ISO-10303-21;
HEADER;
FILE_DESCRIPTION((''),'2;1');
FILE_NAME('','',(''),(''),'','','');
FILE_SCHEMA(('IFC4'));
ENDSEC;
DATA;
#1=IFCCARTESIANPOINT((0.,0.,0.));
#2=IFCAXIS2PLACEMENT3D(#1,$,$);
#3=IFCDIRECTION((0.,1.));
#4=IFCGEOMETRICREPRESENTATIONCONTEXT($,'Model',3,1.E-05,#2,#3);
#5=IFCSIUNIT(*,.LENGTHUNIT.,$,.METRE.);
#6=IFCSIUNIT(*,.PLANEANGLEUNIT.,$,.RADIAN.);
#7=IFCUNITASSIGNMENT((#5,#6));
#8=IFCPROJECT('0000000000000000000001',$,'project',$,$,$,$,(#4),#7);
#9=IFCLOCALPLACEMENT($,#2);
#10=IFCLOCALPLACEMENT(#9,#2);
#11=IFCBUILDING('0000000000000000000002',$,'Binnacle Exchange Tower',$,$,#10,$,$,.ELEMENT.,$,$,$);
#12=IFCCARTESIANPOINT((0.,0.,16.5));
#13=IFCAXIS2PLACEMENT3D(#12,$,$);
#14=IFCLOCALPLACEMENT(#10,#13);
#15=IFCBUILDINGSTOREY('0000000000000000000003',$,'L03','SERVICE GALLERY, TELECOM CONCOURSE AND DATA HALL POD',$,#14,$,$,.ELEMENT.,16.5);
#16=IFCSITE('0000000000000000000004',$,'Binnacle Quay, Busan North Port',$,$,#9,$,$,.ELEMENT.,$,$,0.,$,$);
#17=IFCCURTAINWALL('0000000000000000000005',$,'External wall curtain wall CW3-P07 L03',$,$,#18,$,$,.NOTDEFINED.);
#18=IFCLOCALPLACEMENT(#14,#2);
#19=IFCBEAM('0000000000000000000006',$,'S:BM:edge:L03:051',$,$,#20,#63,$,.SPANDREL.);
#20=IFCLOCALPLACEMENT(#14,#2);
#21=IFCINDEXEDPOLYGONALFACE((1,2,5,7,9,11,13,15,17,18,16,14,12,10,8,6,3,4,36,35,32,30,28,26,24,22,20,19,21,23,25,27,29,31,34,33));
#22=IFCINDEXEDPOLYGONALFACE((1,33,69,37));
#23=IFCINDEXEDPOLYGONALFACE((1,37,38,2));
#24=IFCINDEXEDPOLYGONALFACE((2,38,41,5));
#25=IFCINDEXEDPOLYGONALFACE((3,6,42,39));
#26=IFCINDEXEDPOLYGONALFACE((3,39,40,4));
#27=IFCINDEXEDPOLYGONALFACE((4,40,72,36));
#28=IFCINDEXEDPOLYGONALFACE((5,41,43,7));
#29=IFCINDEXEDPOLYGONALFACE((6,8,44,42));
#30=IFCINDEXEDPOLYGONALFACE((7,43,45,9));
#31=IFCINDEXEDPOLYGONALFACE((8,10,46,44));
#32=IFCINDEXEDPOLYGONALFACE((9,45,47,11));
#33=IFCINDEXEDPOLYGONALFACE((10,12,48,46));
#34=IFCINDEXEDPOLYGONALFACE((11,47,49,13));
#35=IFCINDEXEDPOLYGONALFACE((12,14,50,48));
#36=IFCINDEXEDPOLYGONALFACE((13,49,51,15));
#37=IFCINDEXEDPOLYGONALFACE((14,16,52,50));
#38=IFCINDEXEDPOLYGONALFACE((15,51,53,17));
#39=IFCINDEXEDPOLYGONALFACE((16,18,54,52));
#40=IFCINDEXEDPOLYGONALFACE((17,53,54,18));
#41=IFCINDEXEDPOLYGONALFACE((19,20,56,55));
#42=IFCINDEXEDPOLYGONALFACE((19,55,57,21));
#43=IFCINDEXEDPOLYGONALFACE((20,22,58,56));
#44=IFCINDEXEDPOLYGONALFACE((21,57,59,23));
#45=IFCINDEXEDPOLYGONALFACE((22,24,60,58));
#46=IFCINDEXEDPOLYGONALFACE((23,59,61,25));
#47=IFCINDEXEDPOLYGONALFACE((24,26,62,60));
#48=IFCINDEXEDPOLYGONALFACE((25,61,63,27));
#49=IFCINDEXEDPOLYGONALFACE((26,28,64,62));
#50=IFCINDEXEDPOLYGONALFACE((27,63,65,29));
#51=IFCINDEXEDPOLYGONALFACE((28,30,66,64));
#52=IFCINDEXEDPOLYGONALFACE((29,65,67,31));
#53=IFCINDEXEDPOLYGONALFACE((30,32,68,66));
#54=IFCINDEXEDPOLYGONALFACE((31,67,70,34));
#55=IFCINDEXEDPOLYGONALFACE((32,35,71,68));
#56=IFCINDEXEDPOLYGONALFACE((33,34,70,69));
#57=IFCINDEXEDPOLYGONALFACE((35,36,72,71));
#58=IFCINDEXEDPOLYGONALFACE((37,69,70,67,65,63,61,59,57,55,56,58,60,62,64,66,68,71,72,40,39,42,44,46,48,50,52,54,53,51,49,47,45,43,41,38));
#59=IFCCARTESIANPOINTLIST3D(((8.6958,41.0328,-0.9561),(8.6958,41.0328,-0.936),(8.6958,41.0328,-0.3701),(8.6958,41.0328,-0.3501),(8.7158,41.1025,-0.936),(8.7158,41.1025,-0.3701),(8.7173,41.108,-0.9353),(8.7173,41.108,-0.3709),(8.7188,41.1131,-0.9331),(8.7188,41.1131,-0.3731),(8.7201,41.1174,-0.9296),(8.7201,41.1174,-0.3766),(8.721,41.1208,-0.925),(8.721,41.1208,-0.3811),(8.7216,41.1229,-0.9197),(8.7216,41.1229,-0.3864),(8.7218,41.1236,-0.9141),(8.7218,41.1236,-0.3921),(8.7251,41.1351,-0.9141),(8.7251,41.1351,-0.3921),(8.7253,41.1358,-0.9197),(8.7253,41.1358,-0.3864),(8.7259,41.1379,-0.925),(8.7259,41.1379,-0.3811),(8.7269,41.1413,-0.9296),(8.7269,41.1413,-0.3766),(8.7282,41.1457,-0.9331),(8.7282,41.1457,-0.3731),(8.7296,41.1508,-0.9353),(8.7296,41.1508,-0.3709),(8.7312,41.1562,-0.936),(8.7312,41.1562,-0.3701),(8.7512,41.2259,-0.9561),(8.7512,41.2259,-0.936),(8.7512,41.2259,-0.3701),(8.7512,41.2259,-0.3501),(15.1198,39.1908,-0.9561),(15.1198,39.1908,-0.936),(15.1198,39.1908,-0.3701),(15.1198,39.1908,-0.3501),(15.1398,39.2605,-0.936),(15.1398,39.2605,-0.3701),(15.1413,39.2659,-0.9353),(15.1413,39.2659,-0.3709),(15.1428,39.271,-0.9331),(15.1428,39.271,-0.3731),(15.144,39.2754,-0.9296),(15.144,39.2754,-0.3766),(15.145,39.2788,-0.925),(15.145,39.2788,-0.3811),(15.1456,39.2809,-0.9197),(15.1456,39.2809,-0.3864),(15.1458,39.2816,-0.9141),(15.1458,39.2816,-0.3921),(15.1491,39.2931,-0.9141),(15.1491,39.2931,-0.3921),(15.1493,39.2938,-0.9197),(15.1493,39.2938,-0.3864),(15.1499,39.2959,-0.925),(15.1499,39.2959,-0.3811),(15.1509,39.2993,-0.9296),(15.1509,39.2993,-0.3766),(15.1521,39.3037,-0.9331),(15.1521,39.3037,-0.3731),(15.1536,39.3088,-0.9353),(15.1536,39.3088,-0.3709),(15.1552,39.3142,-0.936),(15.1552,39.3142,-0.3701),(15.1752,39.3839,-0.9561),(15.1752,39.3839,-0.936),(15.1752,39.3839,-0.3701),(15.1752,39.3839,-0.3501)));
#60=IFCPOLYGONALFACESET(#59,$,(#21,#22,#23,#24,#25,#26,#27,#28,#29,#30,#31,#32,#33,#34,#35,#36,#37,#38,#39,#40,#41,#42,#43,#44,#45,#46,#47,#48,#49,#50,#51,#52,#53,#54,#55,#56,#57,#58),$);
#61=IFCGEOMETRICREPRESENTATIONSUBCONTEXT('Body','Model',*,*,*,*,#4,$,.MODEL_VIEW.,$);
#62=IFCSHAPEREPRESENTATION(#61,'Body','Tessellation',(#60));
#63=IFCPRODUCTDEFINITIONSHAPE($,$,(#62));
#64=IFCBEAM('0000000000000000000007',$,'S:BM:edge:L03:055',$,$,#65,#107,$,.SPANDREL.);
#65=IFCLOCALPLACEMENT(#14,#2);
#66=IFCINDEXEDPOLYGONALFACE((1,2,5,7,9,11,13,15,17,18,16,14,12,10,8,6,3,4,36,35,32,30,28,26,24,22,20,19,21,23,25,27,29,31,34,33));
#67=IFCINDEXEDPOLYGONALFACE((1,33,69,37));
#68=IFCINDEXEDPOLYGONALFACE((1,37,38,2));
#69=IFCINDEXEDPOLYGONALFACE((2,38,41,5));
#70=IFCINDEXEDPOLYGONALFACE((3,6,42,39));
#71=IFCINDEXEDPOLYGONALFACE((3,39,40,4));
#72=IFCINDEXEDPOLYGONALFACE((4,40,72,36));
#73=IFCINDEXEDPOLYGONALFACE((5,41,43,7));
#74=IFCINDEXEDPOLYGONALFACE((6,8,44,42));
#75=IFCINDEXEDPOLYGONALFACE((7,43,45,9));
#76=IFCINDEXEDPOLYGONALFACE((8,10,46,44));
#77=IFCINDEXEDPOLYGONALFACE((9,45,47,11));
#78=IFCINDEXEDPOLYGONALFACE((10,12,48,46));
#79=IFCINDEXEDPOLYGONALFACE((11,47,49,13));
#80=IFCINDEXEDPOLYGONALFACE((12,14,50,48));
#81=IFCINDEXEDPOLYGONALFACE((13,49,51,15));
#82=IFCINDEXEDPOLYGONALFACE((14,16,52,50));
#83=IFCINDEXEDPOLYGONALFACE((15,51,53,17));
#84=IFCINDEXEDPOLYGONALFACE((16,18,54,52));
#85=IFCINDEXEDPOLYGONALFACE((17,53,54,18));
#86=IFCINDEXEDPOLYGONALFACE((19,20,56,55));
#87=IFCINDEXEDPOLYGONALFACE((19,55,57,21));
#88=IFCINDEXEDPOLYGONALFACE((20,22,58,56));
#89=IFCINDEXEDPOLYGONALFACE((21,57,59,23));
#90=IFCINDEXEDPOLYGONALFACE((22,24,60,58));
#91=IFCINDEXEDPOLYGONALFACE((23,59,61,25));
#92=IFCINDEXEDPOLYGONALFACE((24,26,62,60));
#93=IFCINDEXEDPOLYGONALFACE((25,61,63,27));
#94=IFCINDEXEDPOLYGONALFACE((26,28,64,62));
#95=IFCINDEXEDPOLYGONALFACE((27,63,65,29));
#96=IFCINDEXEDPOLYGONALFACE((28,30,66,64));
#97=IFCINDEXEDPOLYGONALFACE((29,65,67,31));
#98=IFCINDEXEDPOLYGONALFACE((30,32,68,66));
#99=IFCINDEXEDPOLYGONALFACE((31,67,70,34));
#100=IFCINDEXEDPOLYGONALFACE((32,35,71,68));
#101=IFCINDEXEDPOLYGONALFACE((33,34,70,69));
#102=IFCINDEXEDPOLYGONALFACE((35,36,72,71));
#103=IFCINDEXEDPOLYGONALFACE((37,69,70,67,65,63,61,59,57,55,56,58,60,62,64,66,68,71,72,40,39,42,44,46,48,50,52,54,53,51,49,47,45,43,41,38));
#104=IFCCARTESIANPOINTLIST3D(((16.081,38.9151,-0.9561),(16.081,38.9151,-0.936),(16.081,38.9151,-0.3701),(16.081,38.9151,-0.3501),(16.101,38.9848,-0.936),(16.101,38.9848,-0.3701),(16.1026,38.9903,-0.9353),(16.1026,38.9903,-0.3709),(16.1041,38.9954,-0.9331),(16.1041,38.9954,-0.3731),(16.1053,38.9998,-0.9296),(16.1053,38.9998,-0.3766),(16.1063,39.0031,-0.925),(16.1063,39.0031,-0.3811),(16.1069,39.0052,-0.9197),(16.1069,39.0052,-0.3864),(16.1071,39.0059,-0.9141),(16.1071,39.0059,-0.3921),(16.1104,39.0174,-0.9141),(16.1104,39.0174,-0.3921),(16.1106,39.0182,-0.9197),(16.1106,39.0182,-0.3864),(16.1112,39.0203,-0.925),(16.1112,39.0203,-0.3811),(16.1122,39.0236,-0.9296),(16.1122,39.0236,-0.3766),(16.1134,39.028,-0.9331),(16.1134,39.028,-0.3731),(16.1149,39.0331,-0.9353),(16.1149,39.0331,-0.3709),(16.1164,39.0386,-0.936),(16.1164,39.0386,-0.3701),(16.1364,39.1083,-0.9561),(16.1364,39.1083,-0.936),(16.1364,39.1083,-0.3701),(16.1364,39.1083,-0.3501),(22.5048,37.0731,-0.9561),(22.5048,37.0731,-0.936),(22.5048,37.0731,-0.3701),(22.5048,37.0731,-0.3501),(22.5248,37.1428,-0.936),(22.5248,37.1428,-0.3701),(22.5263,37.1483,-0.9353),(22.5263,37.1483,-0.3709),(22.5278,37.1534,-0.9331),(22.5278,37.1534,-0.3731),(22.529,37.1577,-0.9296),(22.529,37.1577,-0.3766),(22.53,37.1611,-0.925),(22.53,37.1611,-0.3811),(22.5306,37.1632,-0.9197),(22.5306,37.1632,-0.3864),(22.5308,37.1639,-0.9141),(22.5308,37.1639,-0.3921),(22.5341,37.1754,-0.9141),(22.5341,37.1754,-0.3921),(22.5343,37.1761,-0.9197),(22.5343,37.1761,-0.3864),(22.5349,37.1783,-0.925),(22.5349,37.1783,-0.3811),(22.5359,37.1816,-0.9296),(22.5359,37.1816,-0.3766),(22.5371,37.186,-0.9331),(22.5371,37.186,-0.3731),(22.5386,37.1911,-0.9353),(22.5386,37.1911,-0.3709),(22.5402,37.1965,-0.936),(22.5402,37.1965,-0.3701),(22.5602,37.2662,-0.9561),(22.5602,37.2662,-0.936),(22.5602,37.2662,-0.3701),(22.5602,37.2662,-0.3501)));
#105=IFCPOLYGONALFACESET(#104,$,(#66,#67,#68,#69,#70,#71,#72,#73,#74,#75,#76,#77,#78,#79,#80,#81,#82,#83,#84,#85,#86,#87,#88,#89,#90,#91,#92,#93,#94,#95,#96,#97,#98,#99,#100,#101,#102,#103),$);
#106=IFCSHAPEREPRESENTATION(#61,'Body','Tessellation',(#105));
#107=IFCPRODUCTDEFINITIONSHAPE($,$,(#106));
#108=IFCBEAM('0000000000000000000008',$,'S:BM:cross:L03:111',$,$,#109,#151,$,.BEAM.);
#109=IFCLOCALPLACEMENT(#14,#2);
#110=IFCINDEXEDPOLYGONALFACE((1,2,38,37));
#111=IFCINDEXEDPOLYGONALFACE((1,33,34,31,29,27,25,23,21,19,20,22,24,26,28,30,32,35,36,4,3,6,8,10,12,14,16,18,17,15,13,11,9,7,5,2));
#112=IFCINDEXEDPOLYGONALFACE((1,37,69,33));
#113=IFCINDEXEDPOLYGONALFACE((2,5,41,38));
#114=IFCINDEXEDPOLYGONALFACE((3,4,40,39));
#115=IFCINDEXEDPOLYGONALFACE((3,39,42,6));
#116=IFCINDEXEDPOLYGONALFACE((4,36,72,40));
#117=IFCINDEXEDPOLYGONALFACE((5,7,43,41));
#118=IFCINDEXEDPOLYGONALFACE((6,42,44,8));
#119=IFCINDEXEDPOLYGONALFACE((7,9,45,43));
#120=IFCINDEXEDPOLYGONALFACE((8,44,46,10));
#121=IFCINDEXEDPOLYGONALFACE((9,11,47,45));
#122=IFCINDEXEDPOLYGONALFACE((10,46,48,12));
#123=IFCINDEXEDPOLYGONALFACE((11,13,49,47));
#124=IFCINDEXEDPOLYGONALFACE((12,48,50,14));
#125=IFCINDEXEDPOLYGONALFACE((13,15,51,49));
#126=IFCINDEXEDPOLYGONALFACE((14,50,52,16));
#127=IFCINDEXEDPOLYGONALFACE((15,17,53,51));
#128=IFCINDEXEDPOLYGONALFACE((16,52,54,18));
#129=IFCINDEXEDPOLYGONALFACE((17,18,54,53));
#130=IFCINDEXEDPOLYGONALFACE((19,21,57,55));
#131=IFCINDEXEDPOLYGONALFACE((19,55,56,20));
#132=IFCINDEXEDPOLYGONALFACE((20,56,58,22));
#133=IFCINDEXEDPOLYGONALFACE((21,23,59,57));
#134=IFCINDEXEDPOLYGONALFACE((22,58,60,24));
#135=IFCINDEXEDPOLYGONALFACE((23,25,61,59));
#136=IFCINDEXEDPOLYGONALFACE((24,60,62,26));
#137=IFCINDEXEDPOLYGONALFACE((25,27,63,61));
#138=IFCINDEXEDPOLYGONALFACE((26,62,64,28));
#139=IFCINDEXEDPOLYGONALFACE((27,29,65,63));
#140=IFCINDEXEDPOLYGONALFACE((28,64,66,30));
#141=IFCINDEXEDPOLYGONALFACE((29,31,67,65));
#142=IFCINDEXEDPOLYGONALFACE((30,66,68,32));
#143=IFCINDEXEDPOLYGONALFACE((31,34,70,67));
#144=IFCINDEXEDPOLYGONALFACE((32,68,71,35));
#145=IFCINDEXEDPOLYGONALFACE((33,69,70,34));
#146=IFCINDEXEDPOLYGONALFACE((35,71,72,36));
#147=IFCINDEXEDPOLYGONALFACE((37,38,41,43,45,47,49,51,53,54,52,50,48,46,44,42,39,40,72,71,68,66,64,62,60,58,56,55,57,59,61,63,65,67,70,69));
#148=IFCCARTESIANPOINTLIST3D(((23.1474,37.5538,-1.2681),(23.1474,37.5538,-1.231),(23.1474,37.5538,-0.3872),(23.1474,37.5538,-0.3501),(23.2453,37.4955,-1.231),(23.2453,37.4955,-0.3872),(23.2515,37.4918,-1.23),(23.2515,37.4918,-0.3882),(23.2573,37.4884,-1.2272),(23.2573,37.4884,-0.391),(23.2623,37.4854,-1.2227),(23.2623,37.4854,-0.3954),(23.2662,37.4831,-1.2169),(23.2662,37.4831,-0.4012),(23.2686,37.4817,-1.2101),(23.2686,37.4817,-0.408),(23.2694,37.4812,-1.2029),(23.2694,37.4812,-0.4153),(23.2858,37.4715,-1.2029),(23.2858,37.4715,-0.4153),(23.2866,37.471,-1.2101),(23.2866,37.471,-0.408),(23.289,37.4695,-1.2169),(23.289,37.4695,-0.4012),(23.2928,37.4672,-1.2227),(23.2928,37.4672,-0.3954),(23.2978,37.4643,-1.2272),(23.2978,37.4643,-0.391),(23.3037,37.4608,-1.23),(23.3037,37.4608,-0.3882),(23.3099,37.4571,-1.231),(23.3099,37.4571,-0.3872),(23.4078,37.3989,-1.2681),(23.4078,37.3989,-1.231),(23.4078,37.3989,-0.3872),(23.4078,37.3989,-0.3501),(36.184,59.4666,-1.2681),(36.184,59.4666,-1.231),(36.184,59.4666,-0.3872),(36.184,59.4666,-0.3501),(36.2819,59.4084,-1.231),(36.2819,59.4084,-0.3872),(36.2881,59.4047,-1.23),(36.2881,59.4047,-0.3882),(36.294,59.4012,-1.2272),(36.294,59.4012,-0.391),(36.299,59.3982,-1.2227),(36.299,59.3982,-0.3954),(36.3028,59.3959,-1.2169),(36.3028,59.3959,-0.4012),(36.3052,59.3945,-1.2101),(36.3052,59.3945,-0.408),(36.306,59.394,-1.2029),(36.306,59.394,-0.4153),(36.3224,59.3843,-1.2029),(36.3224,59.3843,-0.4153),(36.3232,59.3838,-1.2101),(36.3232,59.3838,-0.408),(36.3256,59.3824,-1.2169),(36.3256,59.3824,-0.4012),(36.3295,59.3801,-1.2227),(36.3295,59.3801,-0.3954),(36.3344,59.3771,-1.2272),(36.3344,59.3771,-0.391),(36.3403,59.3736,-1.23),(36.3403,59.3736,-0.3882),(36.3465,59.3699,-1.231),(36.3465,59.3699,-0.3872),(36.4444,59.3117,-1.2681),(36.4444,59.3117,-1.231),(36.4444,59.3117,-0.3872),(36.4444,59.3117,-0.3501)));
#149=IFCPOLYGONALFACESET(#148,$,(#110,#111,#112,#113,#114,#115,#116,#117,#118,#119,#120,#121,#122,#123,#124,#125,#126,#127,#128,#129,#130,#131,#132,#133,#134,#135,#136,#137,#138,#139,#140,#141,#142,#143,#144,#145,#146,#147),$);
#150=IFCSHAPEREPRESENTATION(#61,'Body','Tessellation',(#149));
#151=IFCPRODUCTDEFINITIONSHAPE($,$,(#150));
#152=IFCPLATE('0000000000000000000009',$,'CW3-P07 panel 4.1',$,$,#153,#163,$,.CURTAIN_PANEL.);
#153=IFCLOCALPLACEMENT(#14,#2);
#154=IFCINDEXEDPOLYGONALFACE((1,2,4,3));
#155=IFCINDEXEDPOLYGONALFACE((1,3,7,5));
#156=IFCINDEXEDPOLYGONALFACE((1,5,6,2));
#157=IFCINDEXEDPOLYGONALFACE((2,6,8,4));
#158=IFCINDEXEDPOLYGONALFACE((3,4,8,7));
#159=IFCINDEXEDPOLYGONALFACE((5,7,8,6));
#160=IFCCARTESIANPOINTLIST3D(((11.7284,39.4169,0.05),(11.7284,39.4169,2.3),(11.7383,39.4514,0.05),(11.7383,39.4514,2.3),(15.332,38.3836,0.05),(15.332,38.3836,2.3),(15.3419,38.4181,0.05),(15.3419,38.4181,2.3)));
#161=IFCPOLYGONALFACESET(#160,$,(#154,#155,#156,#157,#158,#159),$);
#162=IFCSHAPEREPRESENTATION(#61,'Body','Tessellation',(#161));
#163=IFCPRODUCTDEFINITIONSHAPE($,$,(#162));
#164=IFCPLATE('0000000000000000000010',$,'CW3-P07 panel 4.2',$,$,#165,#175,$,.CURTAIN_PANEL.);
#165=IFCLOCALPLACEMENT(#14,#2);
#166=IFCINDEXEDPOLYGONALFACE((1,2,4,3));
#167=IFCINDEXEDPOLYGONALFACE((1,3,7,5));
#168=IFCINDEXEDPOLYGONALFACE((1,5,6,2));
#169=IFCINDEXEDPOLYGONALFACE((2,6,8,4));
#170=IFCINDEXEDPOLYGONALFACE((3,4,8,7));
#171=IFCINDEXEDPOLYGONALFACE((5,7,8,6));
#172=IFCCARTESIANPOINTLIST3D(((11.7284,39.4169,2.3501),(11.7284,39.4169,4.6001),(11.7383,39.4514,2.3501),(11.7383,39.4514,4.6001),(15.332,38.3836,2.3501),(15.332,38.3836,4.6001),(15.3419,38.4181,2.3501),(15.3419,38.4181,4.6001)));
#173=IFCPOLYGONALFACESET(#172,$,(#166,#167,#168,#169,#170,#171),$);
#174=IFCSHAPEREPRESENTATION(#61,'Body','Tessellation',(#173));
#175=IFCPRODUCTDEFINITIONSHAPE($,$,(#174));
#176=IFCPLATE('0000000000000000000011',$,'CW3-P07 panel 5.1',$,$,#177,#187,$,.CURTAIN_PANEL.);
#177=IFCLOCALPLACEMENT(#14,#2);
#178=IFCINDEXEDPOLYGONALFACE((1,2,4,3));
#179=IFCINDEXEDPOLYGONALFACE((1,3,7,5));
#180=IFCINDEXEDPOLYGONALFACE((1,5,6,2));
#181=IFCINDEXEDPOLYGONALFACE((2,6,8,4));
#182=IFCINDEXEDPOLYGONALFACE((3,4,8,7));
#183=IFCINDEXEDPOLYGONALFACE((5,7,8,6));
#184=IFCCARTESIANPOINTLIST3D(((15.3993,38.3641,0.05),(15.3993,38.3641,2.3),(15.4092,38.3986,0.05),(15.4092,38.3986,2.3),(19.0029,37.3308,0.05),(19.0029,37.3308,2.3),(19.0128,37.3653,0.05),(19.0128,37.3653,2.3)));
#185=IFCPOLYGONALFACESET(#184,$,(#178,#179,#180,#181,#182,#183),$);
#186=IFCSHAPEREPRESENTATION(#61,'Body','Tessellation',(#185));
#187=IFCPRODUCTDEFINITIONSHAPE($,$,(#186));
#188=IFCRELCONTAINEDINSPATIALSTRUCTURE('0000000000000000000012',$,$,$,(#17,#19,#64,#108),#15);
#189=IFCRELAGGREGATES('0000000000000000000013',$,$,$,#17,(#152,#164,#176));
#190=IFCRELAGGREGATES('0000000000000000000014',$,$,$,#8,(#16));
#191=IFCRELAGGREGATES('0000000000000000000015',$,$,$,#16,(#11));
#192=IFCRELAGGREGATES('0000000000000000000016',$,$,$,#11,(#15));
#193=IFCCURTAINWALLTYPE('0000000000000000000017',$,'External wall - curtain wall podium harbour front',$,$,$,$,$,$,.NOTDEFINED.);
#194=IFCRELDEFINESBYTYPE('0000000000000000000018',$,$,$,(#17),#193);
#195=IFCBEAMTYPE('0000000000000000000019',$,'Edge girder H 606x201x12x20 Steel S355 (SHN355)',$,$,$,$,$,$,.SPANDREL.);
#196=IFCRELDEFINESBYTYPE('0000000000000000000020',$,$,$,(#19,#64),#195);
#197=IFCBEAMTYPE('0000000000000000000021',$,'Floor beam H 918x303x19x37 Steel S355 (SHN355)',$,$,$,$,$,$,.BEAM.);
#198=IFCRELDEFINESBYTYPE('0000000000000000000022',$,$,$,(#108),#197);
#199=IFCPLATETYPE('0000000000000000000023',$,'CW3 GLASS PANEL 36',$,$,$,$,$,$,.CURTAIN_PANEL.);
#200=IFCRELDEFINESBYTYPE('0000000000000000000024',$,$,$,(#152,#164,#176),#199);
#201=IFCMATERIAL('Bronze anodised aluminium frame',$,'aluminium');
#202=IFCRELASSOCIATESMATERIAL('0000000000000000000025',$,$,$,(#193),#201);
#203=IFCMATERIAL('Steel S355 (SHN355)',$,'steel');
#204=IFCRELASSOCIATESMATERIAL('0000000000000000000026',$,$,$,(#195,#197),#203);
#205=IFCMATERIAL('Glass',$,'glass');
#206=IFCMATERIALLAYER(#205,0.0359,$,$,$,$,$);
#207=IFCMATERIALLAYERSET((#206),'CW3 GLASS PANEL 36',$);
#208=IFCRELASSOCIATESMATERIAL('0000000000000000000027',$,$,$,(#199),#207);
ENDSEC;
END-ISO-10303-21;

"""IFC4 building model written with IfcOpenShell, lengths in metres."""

from ifc_helpers import new_model, si_unit, direction, frame, origin, origin_2d, place, context, subcontext, project, spatial, rectangle, i_section, extrude, material, layer, layer_set, material_profile, profile_set, type_object, element, aggregate, save


model = new_model("IFC4")

# Units and contexts
model_context = context("Model", 3, precision=1e-05, world=origin(), true_north=direction((0.0, 1.0)))
body_context = subcontext(model_context, "Body", "Model", "MODEL_VIEW")
ifc_project = project(units=[si_unit("LENGTHUNIT", "METRE"), si_unit("PLANEANGLEUNIT", "RADIAN")], contexts=[model_context])

# Site, building, storey
site_placement = place(None, origin())
site = spatial("IfcSite", under=ifc_project, at=site_placement, Name="Binnacle Quay, Busan North Port", CompositionType="ELEMENT", RefElevation=0.0)
building_placement = place(site_placement, origin())
building = spatial("IfcBuilding", under=site, at=building_placement, Name="Binnacle Exchange Tower", CompositionType="ELEMENT")
storey_placement = place(building_placement, frame((0.0, 0.0, 16.5)))
storey = spatial("IfcBuildingStorey", under=building, at=storey_placement, Name="L03", Description="SERVICE GALLERY, TELECOM CONCOURSE AND DATA HALL POD", CompositionType="ELEMENT", Elevation=16.5)

# Curtain wall
ifc_material_1 = material(Name="Bronze anodised aluminium frame", Category="aluminium")
curtain_wall_type = type_object("IfcCurtainWallType", Name="External wall - curtain wall podium harbour front", PredefinedType="NOTDEFINED", material=ifc_material_1)
curtain_wall_placement = place(storey_placement, origin())
curtain_wall = element("IfcCurtainWall", 1, at=curtain_wall_placement, inside=storey, type_object=curtain_wall_type, Name="External wall curtain wall CW3-P07 L03", PredefinedType="NOTDEFINED")

# Beams
ifc_material_2 = material(Name="Steel S355 (SHN355)", Category="steel")
ifc_material_profile_1 = material_profile(ifc_material_2, i_section(OverallWidth=0.2009, OverallDepth=0.606, WebThickness=0.012, FlangeThickness=0.02, FilletRadius=0.022, at=origin_2d()), Name="H 606x201x12x20")
ifc_profile_set_1 = profile_set([ifc_material_profile_1], Name="Steel S355 (SHN355)")
beam_type_1 = type_object("IfcBeamType", Name="Edge girder H 606x201x12x20 Steel S355 (SHN355)", PredefinedType="SPANDREL", material=ifc_profile_set_1)
beam_1_placement = place(storey_placement, frame((15.1475, 39.2874, -0.6531), z_axis=(-0.961263, 0.275633, 0.0), x_axis=(-0.275633, -0.961263, 0.0)))
element("IfcBeam", 2, at=beam_1_placement, inside=storey, type_object=beam_type_1, Name="S:BM:edge:L03:051", PredefinedType="SPANDREL", context=body_context, shape_type="SweptSolid", body=[
    extrude(i_section(OverallWidth=0.2009, OverallDepth=0.606, WebThickness=0.012, FlangeThickness=0.02, FilletRadius=0.022, at=origin_2d()), origin(), (0.0, 0.0, 1.0), 6.6829),
])
beam_2_placement = place(storey_placement, frame((22.5325, 37.1697, -0.6531), z_axis=(-0.96126, 0.275643, 0.0), x_axis=(-0.275643, -0.96126, 0.0)))
element("IfcBeam", 3, at=beam_2_placement, inside=storey, type_object=beam_type_1, Name="S:BM:edge:L03:055", PredefinedType="SPANDREL", context=body_context, shape_type="SweptSolid", body=[
    extrude(i_section(OverallWidth=0.2009, OverallDepth=0.606, WebThickness=0.012, FlangeThickness=0.02, FilletRadius=0.022, at=origin_2d()), origin(), (0.0, 0.0, 1.0), 6.6826),
])
ifc_material_profile_2 = material_profile(ifc_material_2, i_section(OverallWidth=0.303, OverallDepth=0.918, WebThickness=0.019, FlangeThickness=0.0371, FilletRadius=0.0281, at=origin_2d()), Name="H 918x303x19x37")
ifc_profile_set_2 = profile_set([ifc_material_profile_2], Name="Steel S355 (SHN355)")
beam_type_2 = type_object("IfcBeamType", Name="Floor beam H 918x303x19x37 Steel S355 (SHN355)", PredefinedType="BEAM", material=ifc_profile_set_2)
beam_3_placement = place(storey_placement, frame((23.2776, 37.4763, -0.8091), z_axis=(0.511289, 0.859409, 0.0), x_axis=(-0.859409, 0.511289, 0.0)))
element("IfcBeam", 4, at=beam_3_placement, inside=storey, type_object=beam_type_2, Name="S:BM:cross:L03:111", PredefinedType="BEAM", context=body_context, shape_type="SweptSolid", body=[
    extrude(i_section(OverallWidth=0.303, OverallDepth=0.918, WebThickness=0.019, FlangeThickness=0.0371, FilletRadius=0.0281, at=origin_2d()), origin(), (0.0, 0.0, 1.0), 25.4976),
])

# Plates
ifc_material_3 = material(Name="Glass", Category="glass")
ifc_layer_1 = layer(ifc_material_3, 0.0359)
ifc_layer_set_1 = layer_set([ifc_layer_1], Name="CW3 GLASS PANEL 36")
plate_type = type_object("IfcPlateType", Name="CW3 GLASS PANEL 36", PredefinedType="CURTAIN_PANEL", material=ifc_layer_set_1)
plate_1_placement = place(storey_placement, frame((13.5352, 38.9175, 0.05), z_axis=(0.0, 0.0, 1.0), x_axis=(0.961262, -0.275637, 0.0)))
plate_1 = element("IfcPlate", 5, at=plate_1_placement, type_object=plate_type, Name="CW3-P07 panel 4.1", PredefinedType="CURTAIN_PANEL", context=body_context, shape_type="SweptSolid", body=[
    extrude(rectangle(XDim=3.7488, YDim=0.0359, at=origin_2d()), origin(), (0.0, 0.0, 1.0), 2.25),
])
plate_2_placement = place(storey_placement, frame((13.5352, 38.9175, 2.3501), z_axis=(0.0, 0.0, 1.0), x_axis=(0.961262, -0.275637, 0.0)))
plate_2 = element("IfcPlate", 6, at=plate_2_placement, type_object=plate_type, Name="CW3-P07 panel 4.2", PredefinedType="CURTAIN_PANEL", context=body_context, shape_type="SweptSolid", body=[
    extrude(rectangle(XDim=3.7488, YDim=0.0359, at=origin_2d()), origin(), (0.0, 0.0, 1.0), 2.25),
])
plate_3_placement = place(storey_placement, frame((17.2061, 37.8647, 0.05), z_axis=(0.0, 0.0, 1.0), x_axis=(0.961262, -0.275637, 0.0)))
plate_3 = element("IfcPlate", 7, at=plate_3_placement, type_object=plate_type, Name="CW3-P07 panel 5.1", PredefinedType="CURTAIN_PANEL", context=body_context, shape_type="SweptSolid", body=[
    extrude(rectangle(XDim=3.7488, YDim=0.0359, at=origin_2d()), origin(), (0.0, 0.0, 1.0), 2.25),
])
aggregate(curtain_wall, [plate_1, plate_2, plate_3])

save(model, "model.ifc")
